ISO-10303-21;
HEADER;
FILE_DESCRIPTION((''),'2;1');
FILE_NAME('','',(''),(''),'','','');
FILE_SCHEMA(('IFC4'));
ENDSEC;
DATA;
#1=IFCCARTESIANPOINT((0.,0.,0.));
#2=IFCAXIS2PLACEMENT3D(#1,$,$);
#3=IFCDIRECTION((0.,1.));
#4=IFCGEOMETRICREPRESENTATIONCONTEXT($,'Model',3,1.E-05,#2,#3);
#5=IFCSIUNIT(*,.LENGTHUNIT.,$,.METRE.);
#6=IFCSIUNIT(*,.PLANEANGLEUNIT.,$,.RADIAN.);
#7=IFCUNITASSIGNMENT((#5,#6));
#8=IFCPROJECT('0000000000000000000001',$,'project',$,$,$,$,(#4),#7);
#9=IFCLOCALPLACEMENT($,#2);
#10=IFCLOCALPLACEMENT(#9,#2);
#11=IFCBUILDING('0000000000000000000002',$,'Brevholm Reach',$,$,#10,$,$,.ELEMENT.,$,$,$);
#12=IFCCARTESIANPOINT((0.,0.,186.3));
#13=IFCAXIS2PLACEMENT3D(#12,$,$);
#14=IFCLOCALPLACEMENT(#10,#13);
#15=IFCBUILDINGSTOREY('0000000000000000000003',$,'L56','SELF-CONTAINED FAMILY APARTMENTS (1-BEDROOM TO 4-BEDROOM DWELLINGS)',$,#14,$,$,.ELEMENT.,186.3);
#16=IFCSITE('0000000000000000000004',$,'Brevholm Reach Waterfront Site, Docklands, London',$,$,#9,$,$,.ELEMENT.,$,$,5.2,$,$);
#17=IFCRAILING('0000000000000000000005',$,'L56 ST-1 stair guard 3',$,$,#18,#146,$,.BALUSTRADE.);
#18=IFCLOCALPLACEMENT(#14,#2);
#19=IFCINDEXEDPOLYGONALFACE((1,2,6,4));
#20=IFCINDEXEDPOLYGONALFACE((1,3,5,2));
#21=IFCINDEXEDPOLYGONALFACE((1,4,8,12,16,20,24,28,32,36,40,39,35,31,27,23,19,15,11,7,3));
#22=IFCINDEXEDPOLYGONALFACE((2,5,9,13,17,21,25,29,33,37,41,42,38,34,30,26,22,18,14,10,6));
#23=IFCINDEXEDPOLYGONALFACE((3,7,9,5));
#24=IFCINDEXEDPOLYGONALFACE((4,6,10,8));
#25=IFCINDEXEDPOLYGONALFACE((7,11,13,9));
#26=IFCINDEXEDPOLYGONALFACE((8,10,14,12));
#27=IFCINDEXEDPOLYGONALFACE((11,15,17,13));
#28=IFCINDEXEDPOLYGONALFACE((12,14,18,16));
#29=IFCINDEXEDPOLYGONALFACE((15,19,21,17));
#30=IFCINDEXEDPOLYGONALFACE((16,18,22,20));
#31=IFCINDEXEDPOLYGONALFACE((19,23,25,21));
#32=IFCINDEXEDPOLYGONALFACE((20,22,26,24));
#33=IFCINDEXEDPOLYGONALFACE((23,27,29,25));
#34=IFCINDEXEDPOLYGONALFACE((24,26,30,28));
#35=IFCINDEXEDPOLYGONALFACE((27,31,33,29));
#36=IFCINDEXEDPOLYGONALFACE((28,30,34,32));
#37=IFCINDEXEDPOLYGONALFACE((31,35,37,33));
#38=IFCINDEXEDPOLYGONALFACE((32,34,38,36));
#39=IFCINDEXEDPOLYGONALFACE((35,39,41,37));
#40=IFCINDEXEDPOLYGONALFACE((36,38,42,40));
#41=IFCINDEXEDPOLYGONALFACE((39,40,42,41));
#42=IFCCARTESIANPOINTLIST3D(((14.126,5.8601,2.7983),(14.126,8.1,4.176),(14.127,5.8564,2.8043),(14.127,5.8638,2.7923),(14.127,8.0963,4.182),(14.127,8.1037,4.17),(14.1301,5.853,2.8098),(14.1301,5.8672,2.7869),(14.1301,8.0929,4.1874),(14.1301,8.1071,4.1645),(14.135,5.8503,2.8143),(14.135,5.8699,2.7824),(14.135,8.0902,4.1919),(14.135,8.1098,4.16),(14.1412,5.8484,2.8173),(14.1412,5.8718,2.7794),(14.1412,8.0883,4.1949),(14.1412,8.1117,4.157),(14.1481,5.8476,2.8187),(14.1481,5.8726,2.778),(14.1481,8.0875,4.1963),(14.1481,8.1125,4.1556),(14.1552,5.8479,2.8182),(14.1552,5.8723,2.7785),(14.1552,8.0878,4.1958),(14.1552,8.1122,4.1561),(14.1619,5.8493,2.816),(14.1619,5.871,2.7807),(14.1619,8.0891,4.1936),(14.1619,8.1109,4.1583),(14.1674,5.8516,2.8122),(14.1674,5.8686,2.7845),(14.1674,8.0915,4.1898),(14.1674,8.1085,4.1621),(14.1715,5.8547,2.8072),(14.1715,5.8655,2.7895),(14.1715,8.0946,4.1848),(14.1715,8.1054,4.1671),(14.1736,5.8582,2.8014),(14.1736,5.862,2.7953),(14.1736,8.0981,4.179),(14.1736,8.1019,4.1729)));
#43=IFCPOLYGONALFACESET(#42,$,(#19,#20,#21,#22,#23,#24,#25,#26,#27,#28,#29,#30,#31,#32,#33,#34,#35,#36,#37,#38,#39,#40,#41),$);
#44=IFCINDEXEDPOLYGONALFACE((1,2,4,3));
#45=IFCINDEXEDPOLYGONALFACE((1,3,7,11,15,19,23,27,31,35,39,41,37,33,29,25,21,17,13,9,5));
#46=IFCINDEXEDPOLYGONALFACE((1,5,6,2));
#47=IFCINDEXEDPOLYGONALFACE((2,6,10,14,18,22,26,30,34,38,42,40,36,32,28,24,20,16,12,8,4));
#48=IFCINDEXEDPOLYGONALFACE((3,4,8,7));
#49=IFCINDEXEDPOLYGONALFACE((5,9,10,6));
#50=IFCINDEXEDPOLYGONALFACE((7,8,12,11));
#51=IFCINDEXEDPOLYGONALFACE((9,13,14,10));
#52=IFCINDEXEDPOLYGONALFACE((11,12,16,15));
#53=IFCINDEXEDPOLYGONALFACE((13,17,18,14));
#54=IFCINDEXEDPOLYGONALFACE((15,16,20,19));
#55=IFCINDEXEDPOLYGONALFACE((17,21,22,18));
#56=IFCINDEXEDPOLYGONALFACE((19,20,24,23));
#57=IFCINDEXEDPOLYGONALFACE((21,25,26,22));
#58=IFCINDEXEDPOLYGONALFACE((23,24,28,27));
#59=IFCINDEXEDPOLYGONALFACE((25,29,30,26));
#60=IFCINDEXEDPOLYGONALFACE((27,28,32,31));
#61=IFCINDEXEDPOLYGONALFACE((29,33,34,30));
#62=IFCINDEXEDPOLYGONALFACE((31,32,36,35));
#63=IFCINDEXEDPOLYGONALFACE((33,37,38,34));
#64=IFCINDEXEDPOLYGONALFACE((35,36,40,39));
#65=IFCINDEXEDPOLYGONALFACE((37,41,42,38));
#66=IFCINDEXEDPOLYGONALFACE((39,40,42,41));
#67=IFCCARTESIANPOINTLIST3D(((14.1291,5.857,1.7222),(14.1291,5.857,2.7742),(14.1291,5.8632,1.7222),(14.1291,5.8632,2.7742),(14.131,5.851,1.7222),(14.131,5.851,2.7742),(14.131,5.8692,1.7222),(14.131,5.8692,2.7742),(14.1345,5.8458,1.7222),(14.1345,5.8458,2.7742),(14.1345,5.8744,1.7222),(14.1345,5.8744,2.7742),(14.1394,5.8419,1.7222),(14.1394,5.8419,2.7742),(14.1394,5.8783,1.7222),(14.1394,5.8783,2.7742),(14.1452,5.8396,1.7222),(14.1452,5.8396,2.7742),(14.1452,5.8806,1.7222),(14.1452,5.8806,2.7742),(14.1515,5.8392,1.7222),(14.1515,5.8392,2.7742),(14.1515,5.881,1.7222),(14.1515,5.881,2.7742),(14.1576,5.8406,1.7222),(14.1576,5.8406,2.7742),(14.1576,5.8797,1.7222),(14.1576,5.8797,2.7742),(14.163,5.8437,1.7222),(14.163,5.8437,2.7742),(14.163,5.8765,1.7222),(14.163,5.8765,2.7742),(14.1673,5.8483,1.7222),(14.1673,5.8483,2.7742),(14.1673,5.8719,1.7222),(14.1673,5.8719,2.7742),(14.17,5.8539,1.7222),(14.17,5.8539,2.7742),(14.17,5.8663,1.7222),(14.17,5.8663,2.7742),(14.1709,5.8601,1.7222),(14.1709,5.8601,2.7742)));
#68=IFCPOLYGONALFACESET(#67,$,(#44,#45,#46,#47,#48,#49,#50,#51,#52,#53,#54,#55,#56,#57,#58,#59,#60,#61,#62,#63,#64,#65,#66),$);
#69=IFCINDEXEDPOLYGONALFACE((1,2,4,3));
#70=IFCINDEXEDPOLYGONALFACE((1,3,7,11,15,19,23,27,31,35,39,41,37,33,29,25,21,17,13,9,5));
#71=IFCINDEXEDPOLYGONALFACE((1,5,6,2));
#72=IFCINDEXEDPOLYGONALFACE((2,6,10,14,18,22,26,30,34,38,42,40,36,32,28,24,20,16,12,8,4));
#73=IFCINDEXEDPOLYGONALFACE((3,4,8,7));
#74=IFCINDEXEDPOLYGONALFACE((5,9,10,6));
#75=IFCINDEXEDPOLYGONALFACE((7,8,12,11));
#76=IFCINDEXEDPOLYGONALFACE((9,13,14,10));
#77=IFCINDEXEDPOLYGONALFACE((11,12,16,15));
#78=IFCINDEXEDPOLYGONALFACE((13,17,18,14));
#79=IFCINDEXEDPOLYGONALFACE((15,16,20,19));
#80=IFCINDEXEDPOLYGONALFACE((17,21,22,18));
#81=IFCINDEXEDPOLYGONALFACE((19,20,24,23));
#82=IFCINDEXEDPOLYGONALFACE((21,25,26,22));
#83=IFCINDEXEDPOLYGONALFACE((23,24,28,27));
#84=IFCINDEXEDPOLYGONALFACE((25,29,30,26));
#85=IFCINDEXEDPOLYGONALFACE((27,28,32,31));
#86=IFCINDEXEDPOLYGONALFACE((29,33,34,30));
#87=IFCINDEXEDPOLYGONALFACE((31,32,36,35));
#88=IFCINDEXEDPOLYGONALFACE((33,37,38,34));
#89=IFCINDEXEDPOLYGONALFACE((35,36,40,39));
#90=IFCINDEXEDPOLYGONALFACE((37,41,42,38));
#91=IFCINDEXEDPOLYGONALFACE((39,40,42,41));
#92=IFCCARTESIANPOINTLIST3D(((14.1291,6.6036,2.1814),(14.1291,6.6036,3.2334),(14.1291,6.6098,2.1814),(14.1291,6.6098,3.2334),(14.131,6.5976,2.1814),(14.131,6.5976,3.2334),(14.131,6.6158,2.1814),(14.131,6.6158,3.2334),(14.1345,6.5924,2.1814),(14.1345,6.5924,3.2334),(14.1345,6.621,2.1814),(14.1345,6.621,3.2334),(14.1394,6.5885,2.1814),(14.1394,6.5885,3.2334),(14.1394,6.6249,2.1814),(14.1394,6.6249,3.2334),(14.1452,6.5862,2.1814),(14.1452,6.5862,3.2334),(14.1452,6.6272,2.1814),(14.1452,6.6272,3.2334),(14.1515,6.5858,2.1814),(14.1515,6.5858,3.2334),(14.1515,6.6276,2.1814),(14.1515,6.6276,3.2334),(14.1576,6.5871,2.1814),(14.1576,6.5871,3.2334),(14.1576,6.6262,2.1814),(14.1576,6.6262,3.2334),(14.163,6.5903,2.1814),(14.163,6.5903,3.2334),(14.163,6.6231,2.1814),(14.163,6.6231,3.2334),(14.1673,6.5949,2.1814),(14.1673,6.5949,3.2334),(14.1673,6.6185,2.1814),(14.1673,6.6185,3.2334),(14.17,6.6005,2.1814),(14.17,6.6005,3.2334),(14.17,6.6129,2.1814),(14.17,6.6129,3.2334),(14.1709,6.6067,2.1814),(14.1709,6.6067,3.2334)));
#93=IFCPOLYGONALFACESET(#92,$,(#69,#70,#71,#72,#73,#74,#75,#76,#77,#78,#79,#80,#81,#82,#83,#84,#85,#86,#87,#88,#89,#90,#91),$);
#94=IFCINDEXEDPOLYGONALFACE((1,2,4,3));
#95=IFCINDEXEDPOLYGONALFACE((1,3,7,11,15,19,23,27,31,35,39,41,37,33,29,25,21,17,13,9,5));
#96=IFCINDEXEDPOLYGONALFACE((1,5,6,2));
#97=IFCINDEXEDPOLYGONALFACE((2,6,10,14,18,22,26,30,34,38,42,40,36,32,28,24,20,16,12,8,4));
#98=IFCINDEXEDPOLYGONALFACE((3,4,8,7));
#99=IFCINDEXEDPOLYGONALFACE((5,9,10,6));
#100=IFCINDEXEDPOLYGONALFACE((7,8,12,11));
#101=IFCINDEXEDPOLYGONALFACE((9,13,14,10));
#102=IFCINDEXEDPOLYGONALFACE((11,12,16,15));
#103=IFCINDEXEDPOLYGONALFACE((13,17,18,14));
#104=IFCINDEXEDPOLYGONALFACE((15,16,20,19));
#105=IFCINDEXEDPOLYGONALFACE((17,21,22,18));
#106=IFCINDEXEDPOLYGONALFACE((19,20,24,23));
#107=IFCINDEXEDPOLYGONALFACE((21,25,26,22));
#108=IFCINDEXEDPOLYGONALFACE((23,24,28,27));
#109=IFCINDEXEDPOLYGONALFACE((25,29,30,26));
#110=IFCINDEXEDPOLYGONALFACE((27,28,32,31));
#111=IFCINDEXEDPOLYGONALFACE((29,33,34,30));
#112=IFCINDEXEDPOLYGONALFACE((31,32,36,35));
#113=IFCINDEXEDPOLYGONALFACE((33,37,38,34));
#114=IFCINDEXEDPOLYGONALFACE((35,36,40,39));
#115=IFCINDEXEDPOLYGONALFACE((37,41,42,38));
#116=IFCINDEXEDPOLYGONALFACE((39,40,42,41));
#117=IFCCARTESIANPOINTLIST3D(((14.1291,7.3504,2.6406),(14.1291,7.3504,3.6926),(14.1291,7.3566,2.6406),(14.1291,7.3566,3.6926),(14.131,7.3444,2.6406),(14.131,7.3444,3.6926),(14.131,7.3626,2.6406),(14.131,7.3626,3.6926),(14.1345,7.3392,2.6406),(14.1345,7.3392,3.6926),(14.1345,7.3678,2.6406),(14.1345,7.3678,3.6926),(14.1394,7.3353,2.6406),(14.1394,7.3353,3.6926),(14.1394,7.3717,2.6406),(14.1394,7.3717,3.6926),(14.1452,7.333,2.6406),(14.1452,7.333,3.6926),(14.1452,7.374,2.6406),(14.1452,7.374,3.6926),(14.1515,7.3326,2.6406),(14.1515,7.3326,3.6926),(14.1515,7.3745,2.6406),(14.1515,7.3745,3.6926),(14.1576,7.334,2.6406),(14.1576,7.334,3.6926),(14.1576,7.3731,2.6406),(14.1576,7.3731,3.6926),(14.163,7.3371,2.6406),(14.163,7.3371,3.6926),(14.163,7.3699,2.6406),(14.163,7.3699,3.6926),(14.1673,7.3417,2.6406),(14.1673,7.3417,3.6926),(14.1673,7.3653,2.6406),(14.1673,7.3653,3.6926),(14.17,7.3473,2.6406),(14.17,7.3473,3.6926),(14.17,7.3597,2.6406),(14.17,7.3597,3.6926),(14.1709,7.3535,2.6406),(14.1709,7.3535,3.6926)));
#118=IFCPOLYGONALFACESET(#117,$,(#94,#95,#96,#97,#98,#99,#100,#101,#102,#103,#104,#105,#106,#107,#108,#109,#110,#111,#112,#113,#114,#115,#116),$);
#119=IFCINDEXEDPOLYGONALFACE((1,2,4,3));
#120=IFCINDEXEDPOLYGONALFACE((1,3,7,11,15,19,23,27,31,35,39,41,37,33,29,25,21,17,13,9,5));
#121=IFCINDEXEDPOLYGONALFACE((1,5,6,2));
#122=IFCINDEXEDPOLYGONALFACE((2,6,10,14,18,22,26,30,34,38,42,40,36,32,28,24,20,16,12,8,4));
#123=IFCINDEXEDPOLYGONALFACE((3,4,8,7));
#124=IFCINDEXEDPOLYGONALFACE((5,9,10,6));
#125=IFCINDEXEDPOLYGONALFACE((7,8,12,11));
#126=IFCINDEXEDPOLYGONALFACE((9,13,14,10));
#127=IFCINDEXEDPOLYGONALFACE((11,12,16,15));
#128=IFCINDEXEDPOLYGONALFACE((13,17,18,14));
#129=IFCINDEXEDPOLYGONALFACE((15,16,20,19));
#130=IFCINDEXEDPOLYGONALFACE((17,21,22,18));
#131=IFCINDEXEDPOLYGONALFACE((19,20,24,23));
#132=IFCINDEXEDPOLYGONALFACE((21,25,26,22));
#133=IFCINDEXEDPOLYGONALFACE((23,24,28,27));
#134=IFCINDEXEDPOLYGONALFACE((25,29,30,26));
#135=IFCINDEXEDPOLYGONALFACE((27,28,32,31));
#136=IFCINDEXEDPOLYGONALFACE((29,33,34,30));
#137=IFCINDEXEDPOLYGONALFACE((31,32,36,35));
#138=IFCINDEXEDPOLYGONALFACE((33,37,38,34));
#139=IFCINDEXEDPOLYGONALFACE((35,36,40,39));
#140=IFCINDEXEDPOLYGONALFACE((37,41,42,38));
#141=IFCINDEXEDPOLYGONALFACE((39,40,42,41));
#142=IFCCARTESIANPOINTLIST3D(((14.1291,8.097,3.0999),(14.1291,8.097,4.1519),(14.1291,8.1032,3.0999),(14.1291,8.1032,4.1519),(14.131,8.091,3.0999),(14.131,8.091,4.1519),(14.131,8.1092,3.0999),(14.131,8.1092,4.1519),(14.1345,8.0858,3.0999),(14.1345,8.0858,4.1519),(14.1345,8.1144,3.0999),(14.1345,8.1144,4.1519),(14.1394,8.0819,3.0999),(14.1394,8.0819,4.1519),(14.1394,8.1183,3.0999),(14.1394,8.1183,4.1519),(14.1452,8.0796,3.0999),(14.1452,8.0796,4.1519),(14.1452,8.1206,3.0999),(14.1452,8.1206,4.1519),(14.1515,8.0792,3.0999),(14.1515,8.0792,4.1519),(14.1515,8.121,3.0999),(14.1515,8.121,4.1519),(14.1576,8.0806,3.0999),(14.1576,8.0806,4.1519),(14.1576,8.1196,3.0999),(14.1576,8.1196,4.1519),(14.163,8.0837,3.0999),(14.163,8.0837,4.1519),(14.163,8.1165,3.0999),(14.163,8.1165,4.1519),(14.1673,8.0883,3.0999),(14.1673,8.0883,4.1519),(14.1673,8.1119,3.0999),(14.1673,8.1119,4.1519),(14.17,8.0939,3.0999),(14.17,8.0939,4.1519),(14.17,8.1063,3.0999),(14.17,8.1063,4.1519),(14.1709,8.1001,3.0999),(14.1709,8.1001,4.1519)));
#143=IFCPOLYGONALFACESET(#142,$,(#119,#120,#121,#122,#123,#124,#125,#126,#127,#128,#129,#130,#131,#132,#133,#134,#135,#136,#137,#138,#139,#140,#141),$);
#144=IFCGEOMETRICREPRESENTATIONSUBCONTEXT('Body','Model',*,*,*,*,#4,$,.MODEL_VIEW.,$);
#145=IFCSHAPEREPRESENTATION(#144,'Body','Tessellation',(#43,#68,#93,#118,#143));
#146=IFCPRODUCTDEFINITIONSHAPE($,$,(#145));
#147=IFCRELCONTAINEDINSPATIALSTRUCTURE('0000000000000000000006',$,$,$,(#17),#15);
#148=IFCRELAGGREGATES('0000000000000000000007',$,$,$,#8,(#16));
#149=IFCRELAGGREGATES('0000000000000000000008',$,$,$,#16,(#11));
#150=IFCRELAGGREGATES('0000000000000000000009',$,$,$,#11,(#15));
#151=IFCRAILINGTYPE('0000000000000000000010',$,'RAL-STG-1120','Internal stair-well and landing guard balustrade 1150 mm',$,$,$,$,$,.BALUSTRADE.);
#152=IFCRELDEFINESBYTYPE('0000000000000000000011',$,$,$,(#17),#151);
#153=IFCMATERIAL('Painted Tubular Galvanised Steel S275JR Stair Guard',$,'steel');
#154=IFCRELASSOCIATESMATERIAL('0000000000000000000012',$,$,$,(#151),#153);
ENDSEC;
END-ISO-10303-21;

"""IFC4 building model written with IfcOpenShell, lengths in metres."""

from ifc_helpers import new_model, si_unit, direction, frame, origin, origin_2d, place, context, subcontext, project, spatial, circle, extrude, material, type_object, element, save


model = new_model("IFC4")

# Units and contexts
model_context = context("Model", 3, precision=1e-05, world=origin(), true_north=direction((0.0, 1.0)))
body_context = subcontext(model_context, "Body", "Model", "MODEL_VIEW")
ifc_project = project(units=[si_unit("LENGTHUNIT", "METRE"), si_unit("PLANEANGLEUNIT", "RADIAN")], contexts=[model_context])

# Site, building, storey
site_placement = place(None, origin())
site = spatial("IfcSite", under=ifc_project, at=site_placement, Name="Brevholm Reach Waterfront Site, Docklands, London", CompositionType="ELEMENT", RefElevation=5.2)
building_placement = place(site_placement, origin())
building = spatial("IfcBuilding", under=site, at=building_placement, Name="Brevholm Reach", CompositionType="ELEMENT")
storey_placement = place(building_placement, frame((0.0, 0.0, 186.3)))
storey = spatial("IfcBuildingStorey", under=building, at=storey_placement, Name="L56", Description="SELF-CONTAINED FAMILY APARTMENTS (1-BEDROOM TO 4-BEDROOM DWELLINGS)", CompositionType="ELEMENT", Elevation=186.3)

# Railing
ifc_material_1 = material(Name="Painted Tubular Galvanised Steel S275JR Stair Guard", Category="steel")
railing_type_1 = type_object("IfcRailingType", Name="RAL-STG-1120", Description="Internal stair-well and landing guard balustrade 1150 mm", PredefinedType="BALUSTRADE", material=ifc_material_1)
railing_1_placement = place(storey_placement, frame((14.1499, 5.8601, 1.7222)))
element("IfcRailing", 1, at=railing_1_placement, inside=storey, type_object=railing_type_1, Name="L56 ST-1 stair guard 3", PredefinedType="BALUSTRADE", context=body_context, shape_type="SweptSolid", body=[
    extrude(circle(Radius=0.0239, at=origin_2d()), frame((0.0, 0.0, 1.0762), z_axis=(0.0, 0.851789, 0.523885), x_axis=(-1.0, 0.0, 0.0)), (0.0, 0.0, 1.0), 2.6296),
    extrude(circle(Radius=0.021, at=origin_2d()), origin(), (0.0, 0.0, 1.0), 1.052),
    extrude(circle(Radius=0.021, at=origin_2d()), frame((0.0, 0.7466, 0.4592)), (0.0, 0.0, 1.0), 1.052),
    extrude(circle(Radius=0.021, at=origin_2d()), frame((0.0, 1.4934, 0.9185)), (0.0, 0.0, 1.0), 1.052),
    extrude(circle(Radius=0.021, at=origin_2d()), frame((0.0, 2.24, 1.3777)), (0.0, 0.0, 1.0), 1.052),
])

save(model, "model.ifc")
